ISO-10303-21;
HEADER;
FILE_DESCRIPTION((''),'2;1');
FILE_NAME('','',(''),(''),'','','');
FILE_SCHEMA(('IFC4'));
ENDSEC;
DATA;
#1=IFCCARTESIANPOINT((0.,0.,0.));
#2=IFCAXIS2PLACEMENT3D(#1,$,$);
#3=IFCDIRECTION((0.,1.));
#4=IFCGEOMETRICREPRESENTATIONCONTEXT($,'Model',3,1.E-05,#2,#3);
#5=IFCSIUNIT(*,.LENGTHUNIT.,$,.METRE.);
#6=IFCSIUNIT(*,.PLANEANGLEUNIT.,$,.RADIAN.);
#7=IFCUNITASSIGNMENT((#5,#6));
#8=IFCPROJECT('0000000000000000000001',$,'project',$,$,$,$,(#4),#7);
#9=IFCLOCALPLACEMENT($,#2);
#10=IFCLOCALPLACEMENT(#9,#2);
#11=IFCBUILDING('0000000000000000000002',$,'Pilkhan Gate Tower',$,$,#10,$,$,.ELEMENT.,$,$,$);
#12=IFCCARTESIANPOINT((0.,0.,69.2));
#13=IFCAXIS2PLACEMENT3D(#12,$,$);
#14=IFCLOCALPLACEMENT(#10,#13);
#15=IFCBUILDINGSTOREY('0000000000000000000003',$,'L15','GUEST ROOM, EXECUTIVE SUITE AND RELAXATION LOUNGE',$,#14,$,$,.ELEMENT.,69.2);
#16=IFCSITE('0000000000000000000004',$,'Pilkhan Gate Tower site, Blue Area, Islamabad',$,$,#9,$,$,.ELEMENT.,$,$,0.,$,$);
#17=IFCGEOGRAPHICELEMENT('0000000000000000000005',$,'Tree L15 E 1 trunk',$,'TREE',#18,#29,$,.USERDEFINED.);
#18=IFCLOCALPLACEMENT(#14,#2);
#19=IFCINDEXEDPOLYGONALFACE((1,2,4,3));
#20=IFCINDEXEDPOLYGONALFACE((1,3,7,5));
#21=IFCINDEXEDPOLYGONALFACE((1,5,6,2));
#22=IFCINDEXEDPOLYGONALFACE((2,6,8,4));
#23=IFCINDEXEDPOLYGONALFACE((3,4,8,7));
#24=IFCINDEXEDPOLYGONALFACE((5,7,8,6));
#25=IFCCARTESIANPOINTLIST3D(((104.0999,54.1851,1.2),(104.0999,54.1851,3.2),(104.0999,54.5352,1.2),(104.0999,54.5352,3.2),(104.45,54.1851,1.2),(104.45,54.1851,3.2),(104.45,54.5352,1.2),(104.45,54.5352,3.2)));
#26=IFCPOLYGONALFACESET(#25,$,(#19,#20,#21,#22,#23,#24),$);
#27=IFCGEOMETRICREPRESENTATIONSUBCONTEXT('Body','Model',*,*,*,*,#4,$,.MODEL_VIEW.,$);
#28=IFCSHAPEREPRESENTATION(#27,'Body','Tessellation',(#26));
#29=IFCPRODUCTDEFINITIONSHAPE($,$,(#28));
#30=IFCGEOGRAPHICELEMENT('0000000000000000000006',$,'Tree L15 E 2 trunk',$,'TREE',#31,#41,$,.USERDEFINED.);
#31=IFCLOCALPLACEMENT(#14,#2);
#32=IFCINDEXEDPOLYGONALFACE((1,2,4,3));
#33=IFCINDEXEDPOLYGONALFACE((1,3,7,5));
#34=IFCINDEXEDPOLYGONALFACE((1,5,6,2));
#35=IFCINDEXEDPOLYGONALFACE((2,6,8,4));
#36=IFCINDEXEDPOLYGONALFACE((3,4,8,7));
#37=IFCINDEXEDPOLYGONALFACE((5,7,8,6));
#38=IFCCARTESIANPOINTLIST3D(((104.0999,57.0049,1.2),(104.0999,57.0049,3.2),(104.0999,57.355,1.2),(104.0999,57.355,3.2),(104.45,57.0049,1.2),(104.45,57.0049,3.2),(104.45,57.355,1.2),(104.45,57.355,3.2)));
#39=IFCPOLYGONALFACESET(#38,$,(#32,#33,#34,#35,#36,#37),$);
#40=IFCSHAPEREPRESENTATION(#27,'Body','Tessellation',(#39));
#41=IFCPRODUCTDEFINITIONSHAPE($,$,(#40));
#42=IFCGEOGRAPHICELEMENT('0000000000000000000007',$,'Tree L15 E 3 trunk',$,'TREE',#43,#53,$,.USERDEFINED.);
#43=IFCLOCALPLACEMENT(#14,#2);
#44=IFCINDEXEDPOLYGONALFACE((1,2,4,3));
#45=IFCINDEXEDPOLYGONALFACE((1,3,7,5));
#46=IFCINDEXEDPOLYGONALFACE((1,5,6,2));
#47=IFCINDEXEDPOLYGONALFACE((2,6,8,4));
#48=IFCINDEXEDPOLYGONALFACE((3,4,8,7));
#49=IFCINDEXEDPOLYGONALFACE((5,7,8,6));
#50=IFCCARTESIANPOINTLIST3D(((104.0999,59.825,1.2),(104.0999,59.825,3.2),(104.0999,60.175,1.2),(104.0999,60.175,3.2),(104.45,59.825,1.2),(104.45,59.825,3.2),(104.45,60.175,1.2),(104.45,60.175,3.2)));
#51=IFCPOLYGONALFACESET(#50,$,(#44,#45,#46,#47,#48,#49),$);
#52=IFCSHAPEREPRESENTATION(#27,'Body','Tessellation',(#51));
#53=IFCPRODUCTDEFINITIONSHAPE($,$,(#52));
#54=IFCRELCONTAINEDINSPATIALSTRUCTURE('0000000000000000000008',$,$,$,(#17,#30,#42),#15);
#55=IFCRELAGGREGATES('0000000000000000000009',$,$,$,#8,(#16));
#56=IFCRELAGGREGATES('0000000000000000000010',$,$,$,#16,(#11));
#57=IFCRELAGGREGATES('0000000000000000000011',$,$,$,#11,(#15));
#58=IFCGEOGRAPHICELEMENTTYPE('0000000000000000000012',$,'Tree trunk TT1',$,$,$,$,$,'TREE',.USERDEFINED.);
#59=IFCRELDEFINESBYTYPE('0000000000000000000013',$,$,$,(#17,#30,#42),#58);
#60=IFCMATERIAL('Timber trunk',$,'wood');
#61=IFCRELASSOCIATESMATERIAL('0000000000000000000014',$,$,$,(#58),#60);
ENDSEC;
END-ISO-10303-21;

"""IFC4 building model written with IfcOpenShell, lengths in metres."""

from ifc_helpers import new_model, si_unit, direction, frame, origin, origin_2d, place, context, subcontext, project, spatial, rectangle, extrude, material, type_object, element, save


model = new_model("IFC4")

# Units and contexts
model_context = context("Model", 3, precision=1e-05, world=origin(), true_north=direction((0.0, 1.0)))
body_context = subcontext(model_context, "Body", "Model", "MODEL_VIEW")
ifc_project = project(units=[si_unit("LENGTHUNIT", "METRE"), si_unit("PLANEANGLEUNIT", "RADIAN")], contexts=[model_context])

# Site, building, storey
site_placement = place(None, origin())
site = spatial("IfcSite", under=ifc_project, at=site_placement, Name="Pilkhan Gate Tower site, Blue Area, Islamabad", CompositionType="ELEMENT", RefElevation=0.0)
building_placement = place(site_placement, origin())
building = spatial("IfcBuilding", under=site, at=building_placement, Name="Pilkhan Gate Tower", CompositionType="ELEMENT")
storey_placement = place(building_placement, frame((0.0, 0.0, 69.2)))
storey = spatial("IfcBuildingStorey", under=building, at=storey_placement, Name="L15", Description="GUEST ROOM, EXECUTIVE SUITE AND RELAXATION LOUNGE", CompositionType="ELEMENT", Elevation=69.2)

# Geographic elements
ifc_material_1 = material(Name="Timber trunk", Category="wood")
geographic_element_type_1 = type_object("IfcGeographicElementType", Name="Tree trunk TT1", ElementType="TREE", PredefinedType="USERDEFINED", material=ifc_material_1)
for number, where, z_axis, x_axis, name in (
    (1, (104.2749, 54.3601, 1.2), (0.0, 0.0, 1.0), (1.0, 0.0, 0.0), "Tree L15 E 1 trunk"),
    (2, (104.2749, 57.1799, 1.2), (0.0, 0.0, 1.0), (1.0, 0.0, 0.0), "Tree L15 E 2 trunk"),
    (3, (104.2749, 60.0, 1.2), (0.0, 0.0, 1.0), (1.0, 0.0, 0.0), "Tree L15 E 3 trunk"),
):
    element("IfcGeographicElement", number, at=place(storey_placement, frame(where, z_axis=z_axis, x_axis=x_axis)), inside=storey, type_object=geographic_element_type_1, Name=name, ObjectType="TREE", PredefinedType="USERDEFINED", context=body_context, shape_type="SweptSolid", body=[
        extrude(rectangle(XDim=0.3501, YDim=0.3501, at=origin_2d()), origin(), (0.0, 0.0, 1.0), 2.0),
    ])

save(model, "model.ifc")
